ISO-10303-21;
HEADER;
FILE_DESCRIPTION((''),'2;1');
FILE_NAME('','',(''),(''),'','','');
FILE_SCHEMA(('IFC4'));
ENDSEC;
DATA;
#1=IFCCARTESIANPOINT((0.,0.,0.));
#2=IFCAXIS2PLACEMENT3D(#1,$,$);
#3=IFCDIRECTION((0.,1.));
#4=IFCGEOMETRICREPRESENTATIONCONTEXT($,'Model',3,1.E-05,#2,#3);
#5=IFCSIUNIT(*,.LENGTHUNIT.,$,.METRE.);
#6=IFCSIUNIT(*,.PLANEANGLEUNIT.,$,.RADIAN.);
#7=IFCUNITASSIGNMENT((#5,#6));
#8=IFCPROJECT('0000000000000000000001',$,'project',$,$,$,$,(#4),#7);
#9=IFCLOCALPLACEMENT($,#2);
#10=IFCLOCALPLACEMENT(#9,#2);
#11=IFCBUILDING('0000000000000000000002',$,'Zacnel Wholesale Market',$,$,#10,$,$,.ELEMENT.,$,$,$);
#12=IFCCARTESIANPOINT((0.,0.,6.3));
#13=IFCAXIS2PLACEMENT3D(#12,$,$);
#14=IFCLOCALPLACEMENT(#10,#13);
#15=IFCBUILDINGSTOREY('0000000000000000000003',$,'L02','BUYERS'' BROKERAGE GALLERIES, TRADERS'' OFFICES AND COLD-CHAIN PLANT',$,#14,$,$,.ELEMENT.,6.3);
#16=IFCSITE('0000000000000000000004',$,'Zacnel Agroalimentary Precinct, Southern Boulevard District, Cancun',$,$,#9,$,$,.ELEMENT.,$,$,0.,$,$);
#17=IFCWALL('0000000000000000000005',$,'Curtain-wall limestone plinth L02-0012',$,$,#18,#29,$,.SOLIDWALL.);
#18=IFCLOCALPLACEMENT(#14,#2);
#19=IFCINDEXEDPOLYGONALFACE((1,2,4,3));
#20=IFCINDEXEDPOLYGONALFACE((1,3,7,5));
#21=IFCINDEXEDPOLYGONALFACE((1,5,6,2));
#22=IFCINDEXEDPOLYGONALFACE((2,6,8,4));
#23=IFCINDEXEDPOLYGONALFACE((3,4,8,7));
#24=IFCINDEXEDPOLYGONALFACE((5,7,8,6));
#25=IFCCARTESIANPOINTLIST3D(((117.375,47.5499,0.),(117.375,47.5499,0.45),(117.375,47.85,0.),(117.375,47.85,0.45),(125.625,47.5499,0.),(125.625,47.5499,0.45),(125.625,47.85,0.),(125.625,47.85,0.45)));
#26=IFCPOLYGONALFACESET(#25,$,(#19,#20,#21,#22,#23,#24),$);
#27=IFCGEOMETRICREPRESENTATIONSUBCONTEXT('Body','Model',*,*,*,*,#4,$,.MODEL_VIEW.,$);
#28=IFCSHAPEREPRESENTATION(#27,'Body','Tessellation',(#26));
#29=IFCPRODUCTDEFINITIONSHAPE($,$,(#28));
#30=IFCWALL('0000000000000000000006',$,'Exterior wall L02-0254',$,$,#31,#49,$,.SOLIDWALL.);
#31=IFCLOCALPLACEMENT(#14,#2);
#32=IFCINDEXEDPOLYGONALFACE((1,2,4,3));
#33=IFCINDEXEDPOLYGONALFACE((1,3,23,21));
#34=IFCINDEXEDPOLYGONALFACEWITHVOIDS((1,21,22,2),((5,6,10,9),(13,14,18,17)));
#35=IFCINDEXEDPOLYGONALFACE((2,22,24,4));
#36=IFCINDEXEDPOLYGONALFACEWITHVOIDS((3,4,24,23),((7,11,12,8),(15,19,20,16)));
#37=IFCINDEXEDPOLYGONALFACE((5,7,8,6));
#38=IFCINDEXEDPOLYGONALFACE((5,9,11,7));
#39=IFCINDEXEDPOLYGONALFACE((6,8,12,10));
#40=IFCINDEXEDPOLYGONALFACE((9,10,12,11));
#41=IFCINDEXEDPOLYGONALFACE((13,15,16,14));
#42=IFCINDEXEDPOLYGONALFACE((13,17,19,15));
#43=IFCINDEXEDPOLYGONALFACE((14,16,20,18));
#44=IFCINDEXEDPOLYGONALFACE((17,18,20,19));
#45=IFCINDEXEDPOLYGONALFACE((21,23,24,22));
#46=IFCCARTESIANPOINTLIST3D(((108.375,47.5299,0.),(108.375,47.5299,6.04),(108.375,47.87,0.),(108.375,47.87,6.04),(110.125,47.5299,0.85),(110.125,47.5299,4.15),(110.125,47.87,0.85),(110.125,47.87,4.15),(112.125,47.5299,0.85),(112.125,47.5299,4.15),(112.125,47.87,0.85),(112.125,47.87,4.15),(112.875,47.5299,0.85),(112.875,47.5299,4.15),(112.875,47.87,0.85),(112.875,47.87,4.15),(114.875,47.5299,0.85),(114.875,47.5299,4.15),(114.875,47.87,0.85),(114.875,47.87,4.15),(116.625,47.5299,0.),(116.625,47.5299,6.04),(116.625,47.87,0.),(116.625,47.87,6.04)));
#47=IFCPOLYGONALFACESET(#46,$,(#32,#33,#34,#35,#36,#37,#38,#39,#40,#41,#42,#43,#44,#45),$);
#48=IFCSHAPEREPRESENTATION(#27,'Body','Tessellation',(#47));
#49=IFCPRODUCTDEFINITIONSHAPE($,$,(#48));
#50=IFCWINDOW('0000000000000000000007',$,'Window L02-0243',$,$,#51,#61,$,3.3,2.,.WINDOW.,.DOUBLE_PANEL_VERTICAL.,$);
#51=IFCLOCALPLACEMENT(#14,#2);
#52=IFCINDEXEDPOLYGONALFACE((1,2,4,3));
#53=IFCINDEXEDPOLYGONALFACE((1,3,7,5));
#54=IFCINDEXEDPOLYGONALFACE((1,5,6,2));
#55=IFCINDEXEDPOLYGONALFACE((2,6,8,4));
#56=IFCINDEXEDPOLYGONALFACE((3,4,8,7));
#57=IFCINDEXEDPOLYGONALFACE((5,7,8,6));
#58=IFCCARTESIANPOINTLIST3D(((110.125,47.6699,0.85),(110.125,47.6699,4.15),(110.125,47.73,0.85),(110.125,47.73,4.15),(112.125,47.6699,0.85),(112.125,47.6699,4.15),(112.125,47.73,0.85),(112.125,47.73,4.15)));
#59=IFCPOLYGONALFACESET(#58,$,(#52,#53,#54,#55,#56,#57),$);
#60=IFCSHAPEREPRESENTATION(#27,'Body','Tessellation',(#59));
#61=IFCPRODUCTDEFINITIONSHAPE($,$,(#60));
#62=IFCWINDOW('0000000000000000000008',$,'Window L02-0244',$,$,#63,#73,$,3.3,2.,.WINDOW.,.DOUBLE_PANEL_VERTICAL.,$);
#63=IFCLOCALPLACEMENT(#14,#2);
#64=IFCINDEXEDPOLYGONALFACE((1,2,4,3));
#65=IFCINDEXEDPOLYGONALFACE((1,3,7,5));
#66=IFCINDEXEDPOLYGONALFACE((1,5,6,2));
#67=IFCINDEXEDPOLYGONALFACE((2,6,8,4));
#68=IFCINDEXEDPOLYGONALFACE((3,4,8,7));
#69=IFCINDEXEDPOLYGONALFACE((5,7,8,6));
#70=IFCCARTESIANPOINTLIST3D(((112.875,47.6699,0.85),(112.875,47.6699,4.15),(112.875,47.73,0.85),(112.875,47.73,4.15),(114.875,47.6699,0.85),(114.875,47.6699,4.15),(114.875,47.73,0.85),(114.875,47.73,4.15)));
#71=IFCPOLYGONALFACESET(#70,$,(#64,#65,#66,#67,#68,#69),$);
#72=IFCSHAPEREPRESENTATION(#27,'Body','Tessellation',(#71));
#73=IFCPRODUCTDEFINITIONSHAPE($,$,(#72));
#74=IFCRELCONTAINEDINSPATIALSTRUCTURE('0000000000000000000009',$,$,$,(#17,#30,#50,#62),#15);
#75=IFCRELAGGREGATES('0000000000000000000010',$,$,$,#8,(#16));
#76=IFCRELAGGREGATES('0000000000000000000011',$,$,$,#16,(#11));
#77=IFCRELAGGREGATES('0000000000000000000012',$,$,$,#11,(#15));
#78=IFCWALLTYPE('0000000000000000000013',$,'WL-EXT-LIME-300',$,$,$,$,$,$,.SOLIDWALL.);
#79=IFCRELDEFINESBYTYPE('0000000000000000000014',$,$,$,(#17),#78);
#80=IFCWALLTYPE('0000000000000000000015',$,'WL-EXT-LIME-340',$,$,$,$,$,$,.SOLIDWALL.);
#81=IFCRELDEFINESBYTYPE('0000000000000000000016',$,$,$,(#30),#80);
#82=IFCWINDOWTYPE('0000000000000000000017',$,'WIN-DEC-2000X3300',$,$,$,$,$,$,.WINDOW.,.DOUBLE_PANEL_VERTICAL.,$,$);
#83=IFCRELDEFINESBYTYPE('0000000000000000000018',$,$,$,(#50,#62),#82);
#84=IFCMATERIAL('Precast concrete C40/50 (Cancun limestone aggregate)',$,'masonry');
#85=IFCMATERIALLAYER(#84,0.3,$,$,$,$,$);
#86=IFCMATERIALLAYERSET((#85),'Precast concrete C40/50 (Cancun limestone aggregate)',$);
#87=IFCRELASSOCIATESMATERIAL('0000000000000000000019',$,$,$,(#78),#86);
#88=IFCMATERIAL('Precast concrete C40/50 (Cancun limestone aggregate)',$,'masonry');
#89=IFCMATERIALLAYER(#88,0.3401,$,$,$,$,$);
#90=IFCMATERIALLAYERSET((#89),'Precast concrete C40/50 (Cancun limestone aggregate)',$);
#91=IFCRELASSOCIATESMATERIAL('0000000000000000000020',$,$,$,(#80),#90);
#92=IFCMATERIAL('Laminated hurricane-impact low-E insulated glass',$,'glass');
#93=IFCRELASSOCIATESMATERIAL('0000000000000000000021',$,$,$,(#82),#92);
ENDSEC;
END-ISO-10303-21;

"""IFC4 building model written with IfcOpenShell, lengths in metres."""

from ifc_helpers import new_model, si_unit, direction, frame, frame_2d, origin, place, context, subcontext, project, spatial, rectangle, extrude, material, layer, layer_set, type_object, element, fill, save


model = new_model("IFC4")

# Units and contexts
model_context = context("Model", 3, precision=1e-05, world=origin(), true_north=direction((0.0, 1.0)))
body_context = subcontext(model_context, "Body", "Model", "MODEL_VIEW")
ifc_project = project(units=[si_unit("LENGTHUNIT", "METRE"), si_unit("PLANEANGLEUNIT", "RADIAN")], contexts=[model_context])

# Site, building, storey
site_placement = place(None, origin())
site = spatial("IfcSite", under=ifc_project, at=site_placement, Name="Zacnel Agroalimentary Precinct, Southern Boulevard District, Cancun", CompositionType="ELEMENT", RefElevation=0.0)
building_placement = place(site_placement, origin())
building = spatial("IfcBuilding", under=site, at=building_placement, Name="Zacnel Wholesale Market", CompositionType="ELEMENT")
storey_placement = place(building_placement, frame((0.0, 0.0, 6.3)))
storey = spatial("IfcBuildingStorey", under=building, at=storey_placement, Name="L02", Description="BUYERS' BROKERAGE GALLERIES, TRADERS' OFFICES AND COLD-CHAIN PLANT", CompositionType="ELEMENT", Elevation=6.3)

# Wall
ifc_material_1 = material(Name="Precast concrete C40/50 (Cancun limestone aggregate)", Category="masonry")
ifc_layer_1 = layer(ifc_material_1, 0.3)
ifc_layer_set_1 = layer_set([ifc_layer_1], Name="Precast concrete C40/50 (Cancun limestone aggregate)")
wall_type_1 = type_object("IfcWallType", Name="WL-EXT-LIME-300", PredefinedType="SOLIDWALL", material=ifc_layer_set_1)
wall_1_placement = place(storey_placement, frame((117.375, 47.7, 0.0), z_axis=(0.0, 0.0, 1.0), x_axis=(1.0, 0.0, 0.0)))
element("IfcWall", 1, at=wall_1_placement, inside=storey, type_object=wall_type_1, Name="Curtain-wall limestone plinth L02-0012", PredefinedType="SOLIDWALL", context=body_context, shape_type="SweptSolid", body=[
    extrude(rectangle(XDim=8.25, YDim=0.3, at=frame_2d((4.125, 0.0))), origin(), (0.0, 0.0, 1.0), 0.45),
])

# Wall, openings, windows
ifc_material_2 = material(Name="Precast concrete C40/50 (Cancun limestone aggregate)", Category="masonry")
ifc_layer_2 = layer(ifc_material_2, 0.3401)
ifc_layer_set_2 = layer_set([ifc_layer_2], Name="Precast concrete C40/50 (Cancun limestone aggregate)")
wall_type_2 = type_object("IfcWallType", Name="WL-EXT-LIME-340", PredefinedType="SOLIDWALL", material=ifc_layer_set_2)
wall_2_placement = place(storey_placement, frame((108.375, 47.7, 0.0), z_axis=(0.0, 0.0, 1.0), x_axis=(1.0, 0.0, 0.0)))
wall_2 = element("IfcWall", 2, at=wall_2_placement, inside=storey, type_object=wall_type_2, Name="Exterior wall L02-0254", PredefinedType="SOLIDWALL", context=body_context, shape_type="SweptSolid", body=[
    extrude(rectangle(XDim=8.25, YDim=0.3401, at=frame_2d((4.125, 0.0))), origin(), (0.0, 0.0, 1.0), 6.04),
])
opening_1_placement = place(wall_2_placement, frame((1.75, 0.0, 0.8501)))
opening_1 = element("IfcOpeningElement", 3, at=opening_1_placement, cuts=wall_2, PredefinedType="OPENING", context=body_context, shape_type="SweptSolid", body=[
    extrude(rectangle(XDim=2.0, YDim=3.3, at=frame_2d((1.0, 1.6499))), frame((0.0, 0.1799, 0.0), z_axis=(0.0, -1.0, 0.0), x_axis=(1.0, 0.0, 0.0)), (0.0, 0.0, 1.0), 0.3601),
])
opening_2_placement = place(wall_2_placement, frame((4.5, 0.0, 0.8501)))
opening_2 = element("IfcOpeningElement", 4, at=opening_2_placement, cuts=wall_2, PredefinedType="OPENING", context=body_context, shape_type="SweptSolid", body=[
    extrude(rectangle(XDim=2.0, YDim=3.3, at=frame_2d((1.0, 1.6499))), frame((0.0, 0.1799, 0.0), z_axis=(0.0, -1.0, 0.0), x_axis=(1.0, 0.0, 0.0)), (0.0, 0.0, 1.0), 0.3601),
])
ifc_material_3 = material(Name="Laminated hurricane-impact low-E insulated glass", Category="glass")
window_type = type_object("IfcWindowType", Name="WIN-DEC-2000X3300", PartitioningType="DOUBLE_PANEL_VERTICAL", PredefinedType="WINDOW", material=ifc_material_3)
window_1_placement = place(opening_1_placement, origin())
window_1 = element("IfcWindow", 5, at=window_1_placement, inside=storey, type_object=window_type, Name="Window L02-0243", OverallHeight=3.3, OverallWidth=2.0, PartitioningType="DOUBLE_PANEL_VERTICAL", PredefinedType="WINDOW", context=body_context, shape_type="SweptSolid", body=[
    extrude(rectangle(XDim=2.0, YDim=3.3, at=frame_2d((1.0, 1.6499))), frame((0.0, 0.03, 0.0), z_axis=(0.0, -1.0, 0.0), x_axis=(1.0, 0.0, 0.0)), (0.0, 0.0, 1.0), 0.0601),
])
fill(opening_1, window_1)
window_2_placement = place(opening_2_placement, origin())
window_2 = element("IfcWindow", 6, at=window_2_placement, inside=storey, type_object=window_type, Name="Window L02-0244", OverallHeight=3.3, OverallWidth=2.0, PartitioningType="DOUBLE_PANEL_VERTICAL", PredefinedType="WINDOW", context=body_context, shape_type="SweptSolid", body=[
    extrude(rectangle(XDim=2.0, YDim=3.3, at=frame_2d((1.0, 1.6499))), frame((0.0, 0.03, 0.0), z_axis=(0.0, -1.0, 0.0), x_axis=(1.0, 0.0, 0.0)), (0.0, 0.0, 1.0), 0.0601),
])
fill(opening_2, window_2)

save(model, "model.ifc")
